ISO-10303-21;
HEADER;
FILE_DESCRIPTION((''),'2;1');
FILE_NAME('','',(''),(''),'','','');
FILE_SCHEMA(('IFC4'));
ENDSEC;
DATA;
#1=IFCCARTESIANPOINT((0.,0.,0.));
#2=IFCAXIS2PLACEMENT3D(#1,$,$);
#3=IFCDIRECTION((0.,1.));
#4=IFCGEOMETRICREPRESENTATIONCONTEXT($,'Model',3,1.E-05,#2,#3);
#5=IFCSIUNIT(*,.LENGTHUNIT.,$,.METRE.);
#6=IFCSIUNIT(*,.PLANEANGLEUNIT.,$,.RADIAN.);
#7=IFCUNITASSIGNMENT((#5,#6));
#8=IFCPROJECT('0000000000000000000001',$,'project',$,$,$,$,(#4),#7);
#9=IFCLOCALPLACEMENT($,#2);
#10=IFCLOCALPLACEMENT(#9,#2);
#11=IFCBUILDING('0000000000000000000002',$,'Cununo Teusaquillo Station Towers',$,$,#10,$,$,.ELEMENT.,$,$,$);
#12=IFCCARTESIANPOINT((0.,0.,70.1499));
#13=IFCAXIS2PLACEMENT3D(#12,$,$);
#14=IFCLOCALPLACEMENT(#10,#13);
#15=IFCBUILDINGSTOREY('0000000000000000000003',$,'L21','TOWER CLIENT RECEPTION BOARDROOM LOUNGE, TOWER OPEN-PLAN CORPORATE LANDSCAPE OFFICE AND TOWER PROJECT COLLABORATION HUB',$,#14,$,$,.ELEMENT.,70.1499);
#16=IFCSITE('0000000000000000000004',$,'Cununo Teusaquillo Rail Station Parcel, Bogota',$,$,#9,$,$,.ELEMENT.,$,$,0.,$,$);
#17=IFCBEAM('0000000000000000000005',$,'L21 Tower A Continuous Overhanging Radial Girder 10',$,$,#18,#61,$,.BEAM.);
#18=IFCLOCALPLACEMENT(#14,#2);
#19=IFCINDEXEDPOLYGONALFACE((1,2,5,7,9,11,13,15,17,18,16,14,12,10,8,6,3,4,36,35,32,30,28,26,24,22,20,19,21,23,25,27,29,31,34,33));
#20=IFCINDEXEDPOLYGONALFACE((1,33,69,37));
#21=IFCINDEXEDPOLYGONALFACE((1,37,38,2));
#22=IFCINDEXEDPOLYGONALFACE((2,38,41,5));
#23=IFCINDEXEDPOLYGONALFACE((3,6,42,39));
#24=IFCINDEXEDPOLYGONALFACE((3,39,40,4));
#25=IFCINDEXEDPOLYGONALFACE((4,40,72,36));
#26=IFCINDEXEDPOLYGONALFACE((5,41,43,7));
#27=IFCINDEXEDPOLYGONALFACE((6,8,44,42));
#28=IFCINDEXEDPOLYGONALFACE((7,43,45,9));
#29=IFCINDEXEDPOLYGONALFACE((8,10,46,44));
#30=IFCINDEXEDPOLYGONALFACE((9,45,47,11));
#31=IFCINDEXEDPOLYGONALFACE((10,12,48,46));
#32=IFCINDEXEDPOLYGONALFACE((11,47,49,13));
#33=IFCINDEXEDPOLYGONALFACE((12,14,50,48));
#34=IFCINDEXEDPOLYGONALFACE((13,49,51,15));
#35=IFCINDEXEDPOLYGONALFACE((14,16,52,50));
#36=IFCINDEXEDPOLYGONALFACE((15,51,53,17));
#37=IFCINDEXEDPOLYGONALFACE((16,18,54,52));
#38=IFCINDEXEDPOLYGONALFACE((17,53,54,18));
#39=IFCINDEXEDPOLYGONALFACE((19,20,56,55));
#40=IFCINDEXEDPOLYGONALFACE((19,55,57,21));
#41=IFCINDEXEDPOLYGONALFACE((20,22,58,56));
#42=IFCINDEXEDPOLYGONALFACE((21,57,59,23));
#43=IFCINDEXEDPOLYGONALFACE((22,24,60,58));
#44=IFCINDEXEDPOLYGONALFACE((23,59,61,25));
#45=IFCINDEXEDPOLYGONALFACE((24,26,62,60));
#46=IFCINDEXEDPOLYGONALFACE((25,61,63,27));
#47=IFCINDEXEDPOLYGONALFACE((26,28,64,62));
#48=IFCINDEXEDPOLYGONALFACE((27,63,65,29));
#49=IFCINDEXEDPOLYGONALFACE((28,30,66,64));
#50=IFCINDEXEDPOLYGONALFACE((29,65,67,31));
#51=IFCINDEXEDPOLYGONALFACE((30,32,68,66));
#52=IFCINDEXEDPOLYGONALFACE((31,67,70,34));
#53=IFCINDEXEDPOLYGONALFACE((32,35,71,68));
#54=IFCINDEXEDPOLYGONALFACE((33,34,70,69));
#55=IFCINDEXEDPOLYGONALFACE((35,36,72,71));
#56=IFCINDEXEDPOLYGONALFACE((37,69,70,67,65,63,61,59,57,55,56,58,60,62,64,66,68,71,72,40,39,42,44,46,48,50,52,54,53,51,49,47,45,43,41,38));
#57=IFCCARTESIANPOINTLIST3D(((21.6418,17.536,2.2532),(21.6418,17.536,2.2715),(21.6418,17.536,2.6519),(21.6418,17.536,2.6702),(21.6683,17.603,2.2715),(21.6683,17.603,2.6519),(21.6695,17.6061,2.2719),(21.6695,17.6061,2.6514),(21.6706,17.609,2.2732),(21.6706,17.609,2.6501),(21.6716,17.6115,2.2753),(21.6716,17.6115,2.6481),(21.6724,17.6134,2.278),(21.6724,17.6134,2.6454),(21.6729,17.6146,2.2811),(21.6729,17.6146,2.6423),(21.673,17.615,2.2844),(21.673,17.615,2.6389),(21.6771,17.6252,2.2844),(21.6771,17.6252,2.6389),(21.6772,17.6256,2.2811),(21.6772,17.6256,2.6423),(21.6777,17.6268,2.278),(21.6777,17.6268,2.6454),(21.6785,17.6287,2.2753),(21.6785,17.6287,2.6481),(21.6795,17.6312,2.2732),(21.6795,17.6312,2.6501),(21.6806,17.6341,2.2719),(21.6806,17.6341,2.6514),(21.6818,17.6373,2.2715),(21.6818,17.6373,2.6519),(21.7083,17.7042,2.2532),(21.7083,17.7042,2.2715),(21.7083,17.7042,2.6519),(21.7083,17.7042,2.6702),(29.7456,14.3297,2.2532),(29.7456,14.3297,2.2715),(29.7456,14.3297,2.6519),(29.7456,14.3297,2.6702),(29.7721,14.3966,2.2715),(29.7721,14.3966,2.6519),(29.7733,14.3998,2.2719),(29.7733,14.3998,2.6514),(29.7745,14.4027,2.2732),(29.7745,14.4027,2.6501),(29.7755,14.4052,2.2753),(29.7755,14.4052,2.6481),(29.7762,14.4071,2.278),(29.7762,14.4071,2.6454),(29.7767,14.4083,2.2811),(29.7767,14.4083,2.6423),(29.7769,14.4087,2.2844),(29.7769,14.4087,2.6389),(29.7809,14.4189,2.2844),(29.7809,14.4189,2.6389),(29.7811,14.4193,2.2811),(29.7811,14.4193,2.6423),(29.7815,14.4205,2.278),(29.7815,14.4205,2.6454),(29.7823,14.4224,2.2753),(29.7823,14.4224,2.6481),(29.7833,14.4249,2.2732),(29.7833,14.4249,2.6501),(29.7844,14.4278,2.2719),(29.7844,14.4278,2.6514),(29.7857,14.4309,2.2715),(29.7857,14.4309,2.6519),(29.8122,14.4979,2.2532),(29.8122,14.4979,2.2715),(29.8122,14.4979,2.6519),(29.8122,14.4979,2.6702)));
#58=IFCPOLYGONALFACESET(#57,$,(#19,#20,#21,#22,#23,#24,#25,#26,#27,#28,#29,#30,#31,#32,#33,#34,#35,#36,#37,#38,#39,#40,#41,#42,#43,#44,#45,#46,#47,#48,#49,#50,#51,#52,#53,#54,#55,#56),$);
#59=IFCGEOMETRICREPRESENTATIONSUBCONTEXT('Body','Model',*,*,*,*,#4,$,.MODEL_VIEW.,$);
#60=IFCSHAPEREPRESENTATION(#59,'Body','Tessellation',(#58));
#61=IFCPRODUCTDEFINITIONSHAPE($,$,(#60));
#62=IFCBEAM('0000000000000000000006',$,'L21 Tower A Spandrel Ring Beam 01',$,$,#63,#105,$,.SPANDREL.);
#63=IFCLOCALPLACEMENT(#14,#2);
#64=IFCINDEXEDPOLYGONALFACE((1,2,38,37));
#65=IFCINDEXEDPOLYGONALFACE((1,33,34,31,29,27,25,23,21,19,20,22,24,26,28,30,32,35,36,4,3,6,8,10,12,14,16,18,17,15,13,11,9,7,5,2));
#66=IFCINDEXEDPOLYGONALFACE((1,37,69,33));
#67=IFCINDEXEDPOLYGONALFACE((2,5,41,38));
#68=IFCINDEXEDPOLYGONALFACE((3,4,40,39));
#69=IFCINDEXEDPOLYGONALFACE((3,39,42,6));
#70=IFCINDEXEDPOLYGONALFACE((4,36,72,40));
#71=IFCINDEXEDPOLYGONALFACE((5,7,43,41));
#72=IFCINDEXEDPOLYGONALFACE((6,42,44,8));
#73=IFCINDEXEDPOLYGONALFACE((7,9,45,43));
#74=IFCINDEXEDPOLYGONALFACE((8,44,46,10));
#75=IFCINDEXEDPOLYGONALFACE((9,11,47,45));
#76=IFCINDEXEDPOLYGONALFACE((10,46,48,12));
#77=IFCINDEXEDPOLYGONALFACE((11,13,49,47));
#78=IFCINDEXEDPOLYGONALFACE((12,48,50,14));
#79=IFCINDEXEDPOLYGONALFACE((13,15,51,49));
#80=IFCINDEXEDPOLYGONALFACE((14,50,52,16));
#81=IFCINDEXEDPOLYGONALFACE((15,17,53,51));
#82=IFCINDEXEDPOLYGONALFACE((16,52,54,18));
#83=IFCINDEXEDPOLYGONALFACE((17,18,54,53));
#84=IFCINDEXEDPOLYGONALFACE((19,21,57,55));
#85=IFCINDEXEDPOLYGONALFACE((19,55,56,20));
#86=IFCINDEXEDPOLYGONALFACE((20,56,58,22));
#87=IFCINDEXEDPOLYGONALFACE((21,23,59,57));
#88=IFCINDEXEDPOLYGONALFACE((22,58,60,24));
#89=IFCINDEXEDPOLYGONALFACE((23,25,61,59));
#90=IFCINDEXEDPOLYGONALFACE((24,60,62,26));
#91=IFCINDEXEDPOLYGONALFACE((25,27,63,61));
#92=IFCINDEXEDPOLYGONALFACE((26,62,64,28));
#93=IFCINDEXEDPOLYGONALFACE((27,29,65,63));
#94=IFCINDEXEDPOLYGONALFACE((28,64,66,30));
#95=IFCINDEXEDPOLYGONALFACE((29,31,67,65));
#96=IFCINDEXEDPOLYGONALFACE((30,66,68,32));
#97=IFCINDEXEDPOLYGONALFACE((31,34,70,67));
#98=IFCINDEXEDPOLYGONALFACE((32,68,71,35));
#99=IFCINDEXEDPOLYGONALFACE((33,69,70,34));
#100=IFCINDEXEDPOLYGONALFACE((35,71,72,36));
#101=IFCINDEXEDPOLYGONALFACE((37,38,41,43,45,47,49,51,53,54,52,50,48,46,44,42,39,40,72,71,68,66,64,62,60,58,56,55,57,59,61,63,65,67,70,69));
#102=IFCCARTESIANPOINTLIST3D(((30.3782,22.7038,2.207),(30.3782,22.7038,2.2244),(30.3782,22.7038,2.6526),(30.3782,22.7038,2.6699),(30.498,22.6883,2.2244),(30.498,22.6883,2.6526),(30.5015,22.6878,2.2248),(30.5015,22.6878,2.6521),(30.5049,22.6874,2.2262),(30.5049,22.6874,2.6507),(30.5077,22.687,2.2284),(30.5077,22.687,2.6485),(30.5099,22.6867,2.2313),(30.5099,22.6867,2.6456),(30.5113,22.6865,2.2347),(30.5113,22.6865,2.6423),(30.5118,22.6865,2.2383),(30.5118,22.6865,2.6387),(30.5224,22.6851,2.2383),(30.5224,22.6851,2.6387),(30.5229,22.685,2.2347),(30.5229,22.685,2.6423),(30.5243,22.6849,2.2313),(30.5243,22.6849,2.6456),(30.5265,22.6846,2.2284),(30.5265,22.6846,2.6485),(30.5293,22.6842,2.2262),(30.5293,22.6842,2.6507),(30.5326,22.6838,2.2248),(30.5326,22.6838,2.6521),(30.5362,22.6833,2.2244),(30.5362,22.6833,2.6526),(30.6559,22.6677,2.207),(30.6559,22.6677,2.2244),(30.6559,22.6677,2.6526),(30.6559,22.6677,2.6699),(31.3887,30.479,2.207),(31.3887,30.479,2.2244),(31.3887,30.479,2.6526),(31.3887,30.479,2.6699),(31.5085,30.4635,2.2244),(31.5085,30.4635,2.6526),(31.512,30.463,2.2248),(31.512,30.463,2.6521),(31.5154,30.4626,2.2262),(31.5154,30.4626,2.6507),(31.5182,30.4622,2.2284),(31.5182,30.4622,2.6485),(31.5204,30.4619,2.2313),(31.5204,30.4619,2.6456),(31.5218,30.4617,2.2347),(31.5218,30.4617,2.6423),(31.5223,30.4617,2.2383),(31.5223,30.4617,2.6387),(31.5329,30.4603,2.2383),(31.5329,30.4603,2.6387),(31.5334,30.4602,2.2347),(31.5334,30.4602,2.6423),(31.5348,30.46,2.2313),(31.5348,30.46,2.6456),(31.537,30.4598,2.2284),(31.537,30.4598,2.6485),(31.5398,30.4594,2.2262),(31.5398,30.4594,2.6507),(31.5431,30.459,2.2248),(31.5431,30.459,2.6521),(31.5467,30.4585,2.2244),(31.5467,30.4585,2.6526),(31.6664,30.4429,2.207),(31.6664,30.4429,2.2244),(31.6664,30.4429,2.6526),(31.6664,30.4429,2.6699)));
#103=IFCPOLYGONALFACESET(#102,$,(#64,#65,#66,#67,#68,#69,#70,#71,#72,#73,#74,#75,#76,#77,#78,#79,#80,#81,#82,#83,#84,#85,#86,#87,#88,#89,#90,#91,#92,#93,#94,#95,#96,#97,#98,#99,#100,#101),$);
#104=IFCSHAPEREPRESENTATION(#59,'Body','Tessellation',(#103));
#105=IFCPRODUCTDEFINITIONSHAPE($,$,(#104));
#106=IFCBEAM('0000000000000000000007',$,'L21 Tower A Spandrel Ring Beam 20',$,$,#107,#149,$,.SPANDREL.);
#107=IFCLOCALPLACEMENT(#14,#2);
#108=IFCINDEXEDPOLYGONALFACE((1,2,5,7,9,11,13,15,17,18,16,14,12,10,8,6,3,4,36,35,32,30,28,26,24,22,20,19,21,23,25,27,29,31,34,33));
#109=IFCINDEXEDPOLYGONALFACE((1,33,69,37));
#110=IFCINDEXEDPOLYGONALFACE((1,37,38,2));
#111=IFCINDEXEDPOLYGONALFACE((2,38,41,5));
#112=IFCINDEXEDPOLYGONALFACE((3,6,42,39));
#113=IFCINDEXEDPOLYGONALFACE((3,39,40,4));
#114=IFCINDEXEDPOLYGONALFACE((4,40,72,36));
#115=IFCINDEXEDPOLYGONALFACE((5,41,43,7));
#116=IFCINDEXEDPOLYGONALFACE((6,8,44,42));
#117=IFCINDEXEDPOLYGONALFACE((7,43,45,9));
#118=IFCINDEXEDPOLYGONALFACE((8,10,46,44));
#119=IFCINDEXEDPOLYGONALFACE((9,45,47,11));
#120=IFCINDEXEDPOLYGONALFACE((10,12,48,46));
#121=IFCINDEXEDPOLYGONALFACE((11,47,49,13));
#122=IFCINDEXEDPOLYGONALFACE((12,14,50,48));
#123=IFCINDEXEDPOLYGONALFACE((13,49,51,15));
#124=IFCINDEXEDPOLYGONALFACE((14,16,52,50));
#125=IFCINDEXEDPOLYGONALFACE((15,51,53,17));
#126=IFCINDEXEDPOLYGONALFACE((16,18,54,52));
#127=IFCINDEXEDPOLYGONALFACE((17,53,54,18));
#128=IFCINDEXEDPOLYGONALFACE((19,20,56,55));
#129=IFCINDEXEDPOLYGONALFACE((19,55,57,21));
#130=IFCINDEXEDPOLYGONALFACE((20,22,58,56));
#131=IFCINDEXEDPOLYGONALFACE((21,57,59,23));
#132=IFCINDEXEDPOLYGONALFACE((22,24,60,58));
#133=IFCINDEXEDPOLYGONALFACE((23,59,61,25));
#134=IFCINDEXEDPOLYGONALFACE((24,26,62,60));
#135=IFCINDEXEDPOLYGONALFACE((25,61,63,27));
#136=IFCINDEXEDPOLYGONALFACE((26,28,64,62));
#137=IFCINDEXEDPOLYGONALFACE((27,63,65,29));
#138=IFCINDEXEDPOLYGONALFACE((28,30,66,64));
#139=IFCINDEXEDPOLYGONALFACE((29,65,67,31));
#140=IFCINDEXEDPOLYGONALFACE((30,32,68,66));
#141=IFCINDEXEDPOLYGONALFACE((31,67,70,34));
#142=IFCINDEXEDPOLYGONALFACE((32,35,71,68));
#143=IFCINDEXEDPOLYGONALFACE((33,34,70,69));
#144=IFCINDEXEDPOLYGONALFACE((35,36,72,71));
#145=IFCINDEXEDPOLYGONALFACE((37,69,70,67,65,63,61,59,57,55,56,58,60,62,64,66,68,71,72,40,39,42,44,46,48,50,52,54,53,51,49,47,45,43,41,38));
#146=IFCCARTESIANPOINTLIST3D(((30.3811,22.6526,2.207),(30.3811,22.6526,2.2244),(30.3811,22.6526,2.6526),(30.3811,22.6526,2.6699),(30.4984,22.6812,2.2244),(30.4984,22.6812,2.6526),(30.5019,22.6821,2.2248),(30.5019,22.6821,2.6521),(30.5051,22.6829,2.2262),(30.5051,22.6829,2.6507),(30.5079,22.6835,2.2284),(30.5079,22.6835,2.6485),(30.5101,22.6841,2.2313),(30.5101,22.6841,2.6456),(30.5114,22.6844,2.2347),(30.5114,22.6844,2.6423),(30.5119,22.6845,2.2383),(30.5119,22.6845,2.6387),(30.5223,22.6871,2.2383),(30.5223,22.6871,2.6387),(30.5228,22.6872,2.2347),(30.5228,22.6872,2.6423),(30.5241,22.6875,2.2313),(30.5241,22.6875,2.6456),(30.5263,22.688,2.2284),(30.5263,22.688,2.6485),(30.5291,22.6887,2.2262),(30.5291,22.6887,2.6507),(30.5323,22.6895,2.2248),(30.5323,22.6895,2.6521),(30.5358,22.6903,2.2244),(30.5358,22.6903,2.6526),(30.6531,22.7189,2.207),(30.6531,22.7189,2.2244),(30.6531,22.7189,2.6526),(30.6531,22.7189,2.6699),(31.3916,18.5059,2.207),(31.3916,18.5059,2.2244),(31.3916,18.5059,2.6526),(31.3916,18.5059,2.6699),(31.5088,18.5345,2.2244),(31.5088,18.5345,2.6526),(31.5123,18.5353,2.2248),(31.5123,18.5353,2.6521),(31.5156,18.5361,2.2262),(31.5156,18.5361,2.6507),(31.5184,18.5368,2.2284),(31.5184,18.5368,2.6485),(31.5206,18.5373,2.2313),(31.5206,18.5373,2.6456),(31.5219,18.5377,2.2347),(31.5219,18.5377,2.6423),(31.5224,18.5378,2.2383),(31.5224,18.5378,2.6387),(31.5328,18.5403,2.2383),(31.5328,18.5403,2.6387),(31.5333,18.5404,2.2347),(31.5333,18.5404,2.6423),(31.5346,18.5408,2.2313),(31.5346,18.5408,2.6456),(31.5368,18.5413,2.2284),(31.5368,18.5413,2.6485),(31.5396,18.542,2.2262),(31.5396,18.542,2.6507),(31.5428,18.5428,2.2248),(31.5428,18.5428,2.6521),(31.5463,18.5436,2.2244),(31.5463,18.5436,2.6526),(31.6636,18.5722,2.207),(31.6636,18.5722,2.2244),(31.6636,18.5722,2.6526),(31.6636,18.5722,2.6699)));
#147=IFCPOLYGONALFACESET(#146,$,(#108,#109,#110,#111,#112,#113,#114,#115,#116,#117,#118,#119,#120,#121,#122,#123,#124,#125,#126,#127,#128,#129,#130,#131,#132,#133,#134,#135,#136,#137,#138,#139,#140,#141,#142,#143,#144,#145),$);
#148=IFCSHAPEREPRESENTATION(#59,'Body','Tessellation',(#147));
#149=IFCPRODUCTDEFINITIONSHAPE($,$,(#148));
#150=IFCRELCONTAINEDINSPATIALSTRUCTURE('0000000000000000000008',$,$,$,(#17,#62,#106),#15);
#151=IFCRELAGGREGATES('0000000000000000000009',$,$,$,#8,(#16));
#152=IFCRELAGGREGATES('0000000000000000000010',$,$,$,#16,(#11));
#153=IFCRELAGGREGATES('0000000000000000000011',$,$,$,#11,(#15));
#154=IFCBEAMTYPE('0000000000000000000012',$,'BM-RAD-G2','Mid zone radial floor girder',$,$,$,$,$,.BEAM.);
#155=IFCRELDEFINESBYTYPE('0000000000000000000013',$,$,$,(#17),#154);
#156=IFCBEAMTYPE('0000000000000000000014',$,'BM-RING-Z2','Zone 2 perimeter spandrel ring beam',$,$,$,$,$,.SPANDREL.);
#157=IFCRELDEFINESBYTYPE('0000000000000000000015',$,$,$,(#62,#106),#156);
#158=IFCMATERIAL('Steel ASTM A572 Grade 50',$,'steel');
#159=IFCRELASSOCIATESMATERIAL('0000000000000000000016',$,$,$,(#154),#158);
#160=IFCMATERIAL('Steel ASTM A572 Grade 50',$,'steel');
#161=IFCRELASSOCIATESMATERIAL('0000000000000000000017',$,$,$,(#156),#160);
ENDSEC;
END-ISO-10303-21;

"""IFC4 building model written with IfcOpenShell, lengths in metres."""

from ifc_helpers import new_model, si_unit, direction, frame, origin, origin_2d, place, context, subcontext, project, spatial, i_section, extrude, material, material_profile, profile_set, type_object, element, save


model = new_model("IFC4")

# Units and contexts
model_context = context("Model", 3, precision=1e-05, world=origin(), true_north=direction((0.0, 1.0)))
body_context = subcontext(model_context, "Body", "Model", "MODEL_VIEW")
ifc_project = project(units=[si_unit("LENGTHUNIT", "METRE"), si_unit("PLANEANGLEUNIT", "RADIAN")], contexts=[model_context])

# Site, building, storey
site_placement = place(None, origin())
site = spatial("IfcSite", under=ifc_project, at=site_placement, Name="Cununo Teusaquillo Rail Station Parcel, Bogota", CompositionType="ELEMENT", RefElevation=0.0)
building_placement = place(site_placement, origin())
building = spatial("IfcBuilding", under=site, at=building_placement, Name="Cununo Teusaquillo Station Towers", CompositionType="ELEMENT")
storey_placement = place(building_placement, frame((0.0, 0.0, 70.1499)))
storey = spatial("IfcBuildingStorey", under=building, at=storey_placement, Name="L21", Description="TOWER CLIENT RECEPTION BOARDROOM LOUNGE, TOWER OPEN-PLAN CORPORATE LANDSCAPE OFFICE AND TOWER PROJECT COLLABORATION HUB", CompositionType="ELEMENT", Elevation=70.1499)

# Beams
ifc_material_1 = material(Name="Steel ASTM A572 Grade 50", Category="steel")
ifc_material_profile_1 = material_profile(ifc_material_1, i_section(OverallWidth=0.1809, OverallDepth=0.417, WebThickness=0.011, FlangeThickness=0.0183, FilletRadius=0.0129, at=origin_2d()), Name="W16X57")
ifc_profile_set_1 = profile_set([ifc_material_profile_1], Name="Steel ASTM A572 Grade 50")
beam_type_1 = type_object("IfcBeamType", Name="BM-RAD-G2", Description="Mid zone radial floor girder", PredefinedType="BEAM", material=ifc_profile_set_1)
beam_1_placement = place(storey_placement, frame((21.675, 17.6201, 2.4617), z_axis=(0.929863, -0.367906, 0.0), x_axis=(0.367906, 0.929863, 0.0)))
element("IfcBeam", 1, at=beam_1_placement, inside=storey, type_object=beam_type_1, Name="L21 Tower A Continuous Overhanging Radial Girder 10", PredefinedType="BEAM", context=body_context, shape_type="SweptSolid", body=[
    extrude(i_section(OverallWidth=0.1809, OverallDepth=0.417, WebThickness=0.011, FlangeThickness=0.0183, FilletRadius=0.0129, at=origin_2d()), origin(), (0.0, 0.0, 1.0), 8.7151),
])
ifc_material_2 = material(Name="Steel ASTM A572 Grade 50", Category="steel")
ifc_material_profile_2 = material_profile(ifc_material_2, i_section(OverallWidth=0.28, OverallDepth=0.4629, WebThickness=0.0107, FlangeThickness=0.0173, FilletRadius=0.0139, at=origin_2d()), Name="W18X76")
ifc_profile_set_2 = profile_set([ifc_material_profile_2], Name="Steel ASTM A572 Grade 50")
beam_type_2 = type_object("IfcBeamType", Name="BM-RING-Z2", Description="Zone 2 perimeter spandrel ring beam", PredefinedType="SPANDREL", material=ifc_profile_set_2)
beam_2_placement = place(storey_placement, frame((30.5171, 22.6858, 2.4385), z_axis=(0.128881, 0.99166, 0.0), x_axis=(-0.99166, 0.128881, 0.0)))
element("IfcBeam", 2, at=beam_2_placement, inside=storey, type_object=beam_type_2, Name="L21 Tower A Spandrel Ring Beam 01", PredefinedType="SPANDREL", context=body_context, shape_type="SweptSolid", body=[
    extrude(i_section(OverallWidth=0.28, OverallDepth=0.4629, WebThickness=0.0107, FlangeThickness=0.0173, FilletRadius=0.0139, at=origin_2d()), origin(), (0.0, 0.0, 1.0), 7.8406),
])
beam_3_placement = place(storey_placement, frame((31.5276, 18.5391, 2.4385), z_axis=(-0.236757, 0.971569, 0.0), x_axis=(-0.971569, -0.236757, 0.0)))
element("IfcBeam", 3, at=beam_3_placement, inside=storey, type_object=beam_type_2, Name="L21 Tower A Spandrel Ring Beam 20", PredefinedType="SPANDREL", context=body_context, shape_type="SweptSolid", body=[
    extrude(i_section(OverallWidth=0.28, OverallDepth=0.4629, WebThickness=0.0107, FlangeThickness=0.0173, FilletRadius=0.0139, at=origin_2d()), origin(), (0.0, 0.0, 1.0), 4.2681),
])

save(model, "model.ifc")
